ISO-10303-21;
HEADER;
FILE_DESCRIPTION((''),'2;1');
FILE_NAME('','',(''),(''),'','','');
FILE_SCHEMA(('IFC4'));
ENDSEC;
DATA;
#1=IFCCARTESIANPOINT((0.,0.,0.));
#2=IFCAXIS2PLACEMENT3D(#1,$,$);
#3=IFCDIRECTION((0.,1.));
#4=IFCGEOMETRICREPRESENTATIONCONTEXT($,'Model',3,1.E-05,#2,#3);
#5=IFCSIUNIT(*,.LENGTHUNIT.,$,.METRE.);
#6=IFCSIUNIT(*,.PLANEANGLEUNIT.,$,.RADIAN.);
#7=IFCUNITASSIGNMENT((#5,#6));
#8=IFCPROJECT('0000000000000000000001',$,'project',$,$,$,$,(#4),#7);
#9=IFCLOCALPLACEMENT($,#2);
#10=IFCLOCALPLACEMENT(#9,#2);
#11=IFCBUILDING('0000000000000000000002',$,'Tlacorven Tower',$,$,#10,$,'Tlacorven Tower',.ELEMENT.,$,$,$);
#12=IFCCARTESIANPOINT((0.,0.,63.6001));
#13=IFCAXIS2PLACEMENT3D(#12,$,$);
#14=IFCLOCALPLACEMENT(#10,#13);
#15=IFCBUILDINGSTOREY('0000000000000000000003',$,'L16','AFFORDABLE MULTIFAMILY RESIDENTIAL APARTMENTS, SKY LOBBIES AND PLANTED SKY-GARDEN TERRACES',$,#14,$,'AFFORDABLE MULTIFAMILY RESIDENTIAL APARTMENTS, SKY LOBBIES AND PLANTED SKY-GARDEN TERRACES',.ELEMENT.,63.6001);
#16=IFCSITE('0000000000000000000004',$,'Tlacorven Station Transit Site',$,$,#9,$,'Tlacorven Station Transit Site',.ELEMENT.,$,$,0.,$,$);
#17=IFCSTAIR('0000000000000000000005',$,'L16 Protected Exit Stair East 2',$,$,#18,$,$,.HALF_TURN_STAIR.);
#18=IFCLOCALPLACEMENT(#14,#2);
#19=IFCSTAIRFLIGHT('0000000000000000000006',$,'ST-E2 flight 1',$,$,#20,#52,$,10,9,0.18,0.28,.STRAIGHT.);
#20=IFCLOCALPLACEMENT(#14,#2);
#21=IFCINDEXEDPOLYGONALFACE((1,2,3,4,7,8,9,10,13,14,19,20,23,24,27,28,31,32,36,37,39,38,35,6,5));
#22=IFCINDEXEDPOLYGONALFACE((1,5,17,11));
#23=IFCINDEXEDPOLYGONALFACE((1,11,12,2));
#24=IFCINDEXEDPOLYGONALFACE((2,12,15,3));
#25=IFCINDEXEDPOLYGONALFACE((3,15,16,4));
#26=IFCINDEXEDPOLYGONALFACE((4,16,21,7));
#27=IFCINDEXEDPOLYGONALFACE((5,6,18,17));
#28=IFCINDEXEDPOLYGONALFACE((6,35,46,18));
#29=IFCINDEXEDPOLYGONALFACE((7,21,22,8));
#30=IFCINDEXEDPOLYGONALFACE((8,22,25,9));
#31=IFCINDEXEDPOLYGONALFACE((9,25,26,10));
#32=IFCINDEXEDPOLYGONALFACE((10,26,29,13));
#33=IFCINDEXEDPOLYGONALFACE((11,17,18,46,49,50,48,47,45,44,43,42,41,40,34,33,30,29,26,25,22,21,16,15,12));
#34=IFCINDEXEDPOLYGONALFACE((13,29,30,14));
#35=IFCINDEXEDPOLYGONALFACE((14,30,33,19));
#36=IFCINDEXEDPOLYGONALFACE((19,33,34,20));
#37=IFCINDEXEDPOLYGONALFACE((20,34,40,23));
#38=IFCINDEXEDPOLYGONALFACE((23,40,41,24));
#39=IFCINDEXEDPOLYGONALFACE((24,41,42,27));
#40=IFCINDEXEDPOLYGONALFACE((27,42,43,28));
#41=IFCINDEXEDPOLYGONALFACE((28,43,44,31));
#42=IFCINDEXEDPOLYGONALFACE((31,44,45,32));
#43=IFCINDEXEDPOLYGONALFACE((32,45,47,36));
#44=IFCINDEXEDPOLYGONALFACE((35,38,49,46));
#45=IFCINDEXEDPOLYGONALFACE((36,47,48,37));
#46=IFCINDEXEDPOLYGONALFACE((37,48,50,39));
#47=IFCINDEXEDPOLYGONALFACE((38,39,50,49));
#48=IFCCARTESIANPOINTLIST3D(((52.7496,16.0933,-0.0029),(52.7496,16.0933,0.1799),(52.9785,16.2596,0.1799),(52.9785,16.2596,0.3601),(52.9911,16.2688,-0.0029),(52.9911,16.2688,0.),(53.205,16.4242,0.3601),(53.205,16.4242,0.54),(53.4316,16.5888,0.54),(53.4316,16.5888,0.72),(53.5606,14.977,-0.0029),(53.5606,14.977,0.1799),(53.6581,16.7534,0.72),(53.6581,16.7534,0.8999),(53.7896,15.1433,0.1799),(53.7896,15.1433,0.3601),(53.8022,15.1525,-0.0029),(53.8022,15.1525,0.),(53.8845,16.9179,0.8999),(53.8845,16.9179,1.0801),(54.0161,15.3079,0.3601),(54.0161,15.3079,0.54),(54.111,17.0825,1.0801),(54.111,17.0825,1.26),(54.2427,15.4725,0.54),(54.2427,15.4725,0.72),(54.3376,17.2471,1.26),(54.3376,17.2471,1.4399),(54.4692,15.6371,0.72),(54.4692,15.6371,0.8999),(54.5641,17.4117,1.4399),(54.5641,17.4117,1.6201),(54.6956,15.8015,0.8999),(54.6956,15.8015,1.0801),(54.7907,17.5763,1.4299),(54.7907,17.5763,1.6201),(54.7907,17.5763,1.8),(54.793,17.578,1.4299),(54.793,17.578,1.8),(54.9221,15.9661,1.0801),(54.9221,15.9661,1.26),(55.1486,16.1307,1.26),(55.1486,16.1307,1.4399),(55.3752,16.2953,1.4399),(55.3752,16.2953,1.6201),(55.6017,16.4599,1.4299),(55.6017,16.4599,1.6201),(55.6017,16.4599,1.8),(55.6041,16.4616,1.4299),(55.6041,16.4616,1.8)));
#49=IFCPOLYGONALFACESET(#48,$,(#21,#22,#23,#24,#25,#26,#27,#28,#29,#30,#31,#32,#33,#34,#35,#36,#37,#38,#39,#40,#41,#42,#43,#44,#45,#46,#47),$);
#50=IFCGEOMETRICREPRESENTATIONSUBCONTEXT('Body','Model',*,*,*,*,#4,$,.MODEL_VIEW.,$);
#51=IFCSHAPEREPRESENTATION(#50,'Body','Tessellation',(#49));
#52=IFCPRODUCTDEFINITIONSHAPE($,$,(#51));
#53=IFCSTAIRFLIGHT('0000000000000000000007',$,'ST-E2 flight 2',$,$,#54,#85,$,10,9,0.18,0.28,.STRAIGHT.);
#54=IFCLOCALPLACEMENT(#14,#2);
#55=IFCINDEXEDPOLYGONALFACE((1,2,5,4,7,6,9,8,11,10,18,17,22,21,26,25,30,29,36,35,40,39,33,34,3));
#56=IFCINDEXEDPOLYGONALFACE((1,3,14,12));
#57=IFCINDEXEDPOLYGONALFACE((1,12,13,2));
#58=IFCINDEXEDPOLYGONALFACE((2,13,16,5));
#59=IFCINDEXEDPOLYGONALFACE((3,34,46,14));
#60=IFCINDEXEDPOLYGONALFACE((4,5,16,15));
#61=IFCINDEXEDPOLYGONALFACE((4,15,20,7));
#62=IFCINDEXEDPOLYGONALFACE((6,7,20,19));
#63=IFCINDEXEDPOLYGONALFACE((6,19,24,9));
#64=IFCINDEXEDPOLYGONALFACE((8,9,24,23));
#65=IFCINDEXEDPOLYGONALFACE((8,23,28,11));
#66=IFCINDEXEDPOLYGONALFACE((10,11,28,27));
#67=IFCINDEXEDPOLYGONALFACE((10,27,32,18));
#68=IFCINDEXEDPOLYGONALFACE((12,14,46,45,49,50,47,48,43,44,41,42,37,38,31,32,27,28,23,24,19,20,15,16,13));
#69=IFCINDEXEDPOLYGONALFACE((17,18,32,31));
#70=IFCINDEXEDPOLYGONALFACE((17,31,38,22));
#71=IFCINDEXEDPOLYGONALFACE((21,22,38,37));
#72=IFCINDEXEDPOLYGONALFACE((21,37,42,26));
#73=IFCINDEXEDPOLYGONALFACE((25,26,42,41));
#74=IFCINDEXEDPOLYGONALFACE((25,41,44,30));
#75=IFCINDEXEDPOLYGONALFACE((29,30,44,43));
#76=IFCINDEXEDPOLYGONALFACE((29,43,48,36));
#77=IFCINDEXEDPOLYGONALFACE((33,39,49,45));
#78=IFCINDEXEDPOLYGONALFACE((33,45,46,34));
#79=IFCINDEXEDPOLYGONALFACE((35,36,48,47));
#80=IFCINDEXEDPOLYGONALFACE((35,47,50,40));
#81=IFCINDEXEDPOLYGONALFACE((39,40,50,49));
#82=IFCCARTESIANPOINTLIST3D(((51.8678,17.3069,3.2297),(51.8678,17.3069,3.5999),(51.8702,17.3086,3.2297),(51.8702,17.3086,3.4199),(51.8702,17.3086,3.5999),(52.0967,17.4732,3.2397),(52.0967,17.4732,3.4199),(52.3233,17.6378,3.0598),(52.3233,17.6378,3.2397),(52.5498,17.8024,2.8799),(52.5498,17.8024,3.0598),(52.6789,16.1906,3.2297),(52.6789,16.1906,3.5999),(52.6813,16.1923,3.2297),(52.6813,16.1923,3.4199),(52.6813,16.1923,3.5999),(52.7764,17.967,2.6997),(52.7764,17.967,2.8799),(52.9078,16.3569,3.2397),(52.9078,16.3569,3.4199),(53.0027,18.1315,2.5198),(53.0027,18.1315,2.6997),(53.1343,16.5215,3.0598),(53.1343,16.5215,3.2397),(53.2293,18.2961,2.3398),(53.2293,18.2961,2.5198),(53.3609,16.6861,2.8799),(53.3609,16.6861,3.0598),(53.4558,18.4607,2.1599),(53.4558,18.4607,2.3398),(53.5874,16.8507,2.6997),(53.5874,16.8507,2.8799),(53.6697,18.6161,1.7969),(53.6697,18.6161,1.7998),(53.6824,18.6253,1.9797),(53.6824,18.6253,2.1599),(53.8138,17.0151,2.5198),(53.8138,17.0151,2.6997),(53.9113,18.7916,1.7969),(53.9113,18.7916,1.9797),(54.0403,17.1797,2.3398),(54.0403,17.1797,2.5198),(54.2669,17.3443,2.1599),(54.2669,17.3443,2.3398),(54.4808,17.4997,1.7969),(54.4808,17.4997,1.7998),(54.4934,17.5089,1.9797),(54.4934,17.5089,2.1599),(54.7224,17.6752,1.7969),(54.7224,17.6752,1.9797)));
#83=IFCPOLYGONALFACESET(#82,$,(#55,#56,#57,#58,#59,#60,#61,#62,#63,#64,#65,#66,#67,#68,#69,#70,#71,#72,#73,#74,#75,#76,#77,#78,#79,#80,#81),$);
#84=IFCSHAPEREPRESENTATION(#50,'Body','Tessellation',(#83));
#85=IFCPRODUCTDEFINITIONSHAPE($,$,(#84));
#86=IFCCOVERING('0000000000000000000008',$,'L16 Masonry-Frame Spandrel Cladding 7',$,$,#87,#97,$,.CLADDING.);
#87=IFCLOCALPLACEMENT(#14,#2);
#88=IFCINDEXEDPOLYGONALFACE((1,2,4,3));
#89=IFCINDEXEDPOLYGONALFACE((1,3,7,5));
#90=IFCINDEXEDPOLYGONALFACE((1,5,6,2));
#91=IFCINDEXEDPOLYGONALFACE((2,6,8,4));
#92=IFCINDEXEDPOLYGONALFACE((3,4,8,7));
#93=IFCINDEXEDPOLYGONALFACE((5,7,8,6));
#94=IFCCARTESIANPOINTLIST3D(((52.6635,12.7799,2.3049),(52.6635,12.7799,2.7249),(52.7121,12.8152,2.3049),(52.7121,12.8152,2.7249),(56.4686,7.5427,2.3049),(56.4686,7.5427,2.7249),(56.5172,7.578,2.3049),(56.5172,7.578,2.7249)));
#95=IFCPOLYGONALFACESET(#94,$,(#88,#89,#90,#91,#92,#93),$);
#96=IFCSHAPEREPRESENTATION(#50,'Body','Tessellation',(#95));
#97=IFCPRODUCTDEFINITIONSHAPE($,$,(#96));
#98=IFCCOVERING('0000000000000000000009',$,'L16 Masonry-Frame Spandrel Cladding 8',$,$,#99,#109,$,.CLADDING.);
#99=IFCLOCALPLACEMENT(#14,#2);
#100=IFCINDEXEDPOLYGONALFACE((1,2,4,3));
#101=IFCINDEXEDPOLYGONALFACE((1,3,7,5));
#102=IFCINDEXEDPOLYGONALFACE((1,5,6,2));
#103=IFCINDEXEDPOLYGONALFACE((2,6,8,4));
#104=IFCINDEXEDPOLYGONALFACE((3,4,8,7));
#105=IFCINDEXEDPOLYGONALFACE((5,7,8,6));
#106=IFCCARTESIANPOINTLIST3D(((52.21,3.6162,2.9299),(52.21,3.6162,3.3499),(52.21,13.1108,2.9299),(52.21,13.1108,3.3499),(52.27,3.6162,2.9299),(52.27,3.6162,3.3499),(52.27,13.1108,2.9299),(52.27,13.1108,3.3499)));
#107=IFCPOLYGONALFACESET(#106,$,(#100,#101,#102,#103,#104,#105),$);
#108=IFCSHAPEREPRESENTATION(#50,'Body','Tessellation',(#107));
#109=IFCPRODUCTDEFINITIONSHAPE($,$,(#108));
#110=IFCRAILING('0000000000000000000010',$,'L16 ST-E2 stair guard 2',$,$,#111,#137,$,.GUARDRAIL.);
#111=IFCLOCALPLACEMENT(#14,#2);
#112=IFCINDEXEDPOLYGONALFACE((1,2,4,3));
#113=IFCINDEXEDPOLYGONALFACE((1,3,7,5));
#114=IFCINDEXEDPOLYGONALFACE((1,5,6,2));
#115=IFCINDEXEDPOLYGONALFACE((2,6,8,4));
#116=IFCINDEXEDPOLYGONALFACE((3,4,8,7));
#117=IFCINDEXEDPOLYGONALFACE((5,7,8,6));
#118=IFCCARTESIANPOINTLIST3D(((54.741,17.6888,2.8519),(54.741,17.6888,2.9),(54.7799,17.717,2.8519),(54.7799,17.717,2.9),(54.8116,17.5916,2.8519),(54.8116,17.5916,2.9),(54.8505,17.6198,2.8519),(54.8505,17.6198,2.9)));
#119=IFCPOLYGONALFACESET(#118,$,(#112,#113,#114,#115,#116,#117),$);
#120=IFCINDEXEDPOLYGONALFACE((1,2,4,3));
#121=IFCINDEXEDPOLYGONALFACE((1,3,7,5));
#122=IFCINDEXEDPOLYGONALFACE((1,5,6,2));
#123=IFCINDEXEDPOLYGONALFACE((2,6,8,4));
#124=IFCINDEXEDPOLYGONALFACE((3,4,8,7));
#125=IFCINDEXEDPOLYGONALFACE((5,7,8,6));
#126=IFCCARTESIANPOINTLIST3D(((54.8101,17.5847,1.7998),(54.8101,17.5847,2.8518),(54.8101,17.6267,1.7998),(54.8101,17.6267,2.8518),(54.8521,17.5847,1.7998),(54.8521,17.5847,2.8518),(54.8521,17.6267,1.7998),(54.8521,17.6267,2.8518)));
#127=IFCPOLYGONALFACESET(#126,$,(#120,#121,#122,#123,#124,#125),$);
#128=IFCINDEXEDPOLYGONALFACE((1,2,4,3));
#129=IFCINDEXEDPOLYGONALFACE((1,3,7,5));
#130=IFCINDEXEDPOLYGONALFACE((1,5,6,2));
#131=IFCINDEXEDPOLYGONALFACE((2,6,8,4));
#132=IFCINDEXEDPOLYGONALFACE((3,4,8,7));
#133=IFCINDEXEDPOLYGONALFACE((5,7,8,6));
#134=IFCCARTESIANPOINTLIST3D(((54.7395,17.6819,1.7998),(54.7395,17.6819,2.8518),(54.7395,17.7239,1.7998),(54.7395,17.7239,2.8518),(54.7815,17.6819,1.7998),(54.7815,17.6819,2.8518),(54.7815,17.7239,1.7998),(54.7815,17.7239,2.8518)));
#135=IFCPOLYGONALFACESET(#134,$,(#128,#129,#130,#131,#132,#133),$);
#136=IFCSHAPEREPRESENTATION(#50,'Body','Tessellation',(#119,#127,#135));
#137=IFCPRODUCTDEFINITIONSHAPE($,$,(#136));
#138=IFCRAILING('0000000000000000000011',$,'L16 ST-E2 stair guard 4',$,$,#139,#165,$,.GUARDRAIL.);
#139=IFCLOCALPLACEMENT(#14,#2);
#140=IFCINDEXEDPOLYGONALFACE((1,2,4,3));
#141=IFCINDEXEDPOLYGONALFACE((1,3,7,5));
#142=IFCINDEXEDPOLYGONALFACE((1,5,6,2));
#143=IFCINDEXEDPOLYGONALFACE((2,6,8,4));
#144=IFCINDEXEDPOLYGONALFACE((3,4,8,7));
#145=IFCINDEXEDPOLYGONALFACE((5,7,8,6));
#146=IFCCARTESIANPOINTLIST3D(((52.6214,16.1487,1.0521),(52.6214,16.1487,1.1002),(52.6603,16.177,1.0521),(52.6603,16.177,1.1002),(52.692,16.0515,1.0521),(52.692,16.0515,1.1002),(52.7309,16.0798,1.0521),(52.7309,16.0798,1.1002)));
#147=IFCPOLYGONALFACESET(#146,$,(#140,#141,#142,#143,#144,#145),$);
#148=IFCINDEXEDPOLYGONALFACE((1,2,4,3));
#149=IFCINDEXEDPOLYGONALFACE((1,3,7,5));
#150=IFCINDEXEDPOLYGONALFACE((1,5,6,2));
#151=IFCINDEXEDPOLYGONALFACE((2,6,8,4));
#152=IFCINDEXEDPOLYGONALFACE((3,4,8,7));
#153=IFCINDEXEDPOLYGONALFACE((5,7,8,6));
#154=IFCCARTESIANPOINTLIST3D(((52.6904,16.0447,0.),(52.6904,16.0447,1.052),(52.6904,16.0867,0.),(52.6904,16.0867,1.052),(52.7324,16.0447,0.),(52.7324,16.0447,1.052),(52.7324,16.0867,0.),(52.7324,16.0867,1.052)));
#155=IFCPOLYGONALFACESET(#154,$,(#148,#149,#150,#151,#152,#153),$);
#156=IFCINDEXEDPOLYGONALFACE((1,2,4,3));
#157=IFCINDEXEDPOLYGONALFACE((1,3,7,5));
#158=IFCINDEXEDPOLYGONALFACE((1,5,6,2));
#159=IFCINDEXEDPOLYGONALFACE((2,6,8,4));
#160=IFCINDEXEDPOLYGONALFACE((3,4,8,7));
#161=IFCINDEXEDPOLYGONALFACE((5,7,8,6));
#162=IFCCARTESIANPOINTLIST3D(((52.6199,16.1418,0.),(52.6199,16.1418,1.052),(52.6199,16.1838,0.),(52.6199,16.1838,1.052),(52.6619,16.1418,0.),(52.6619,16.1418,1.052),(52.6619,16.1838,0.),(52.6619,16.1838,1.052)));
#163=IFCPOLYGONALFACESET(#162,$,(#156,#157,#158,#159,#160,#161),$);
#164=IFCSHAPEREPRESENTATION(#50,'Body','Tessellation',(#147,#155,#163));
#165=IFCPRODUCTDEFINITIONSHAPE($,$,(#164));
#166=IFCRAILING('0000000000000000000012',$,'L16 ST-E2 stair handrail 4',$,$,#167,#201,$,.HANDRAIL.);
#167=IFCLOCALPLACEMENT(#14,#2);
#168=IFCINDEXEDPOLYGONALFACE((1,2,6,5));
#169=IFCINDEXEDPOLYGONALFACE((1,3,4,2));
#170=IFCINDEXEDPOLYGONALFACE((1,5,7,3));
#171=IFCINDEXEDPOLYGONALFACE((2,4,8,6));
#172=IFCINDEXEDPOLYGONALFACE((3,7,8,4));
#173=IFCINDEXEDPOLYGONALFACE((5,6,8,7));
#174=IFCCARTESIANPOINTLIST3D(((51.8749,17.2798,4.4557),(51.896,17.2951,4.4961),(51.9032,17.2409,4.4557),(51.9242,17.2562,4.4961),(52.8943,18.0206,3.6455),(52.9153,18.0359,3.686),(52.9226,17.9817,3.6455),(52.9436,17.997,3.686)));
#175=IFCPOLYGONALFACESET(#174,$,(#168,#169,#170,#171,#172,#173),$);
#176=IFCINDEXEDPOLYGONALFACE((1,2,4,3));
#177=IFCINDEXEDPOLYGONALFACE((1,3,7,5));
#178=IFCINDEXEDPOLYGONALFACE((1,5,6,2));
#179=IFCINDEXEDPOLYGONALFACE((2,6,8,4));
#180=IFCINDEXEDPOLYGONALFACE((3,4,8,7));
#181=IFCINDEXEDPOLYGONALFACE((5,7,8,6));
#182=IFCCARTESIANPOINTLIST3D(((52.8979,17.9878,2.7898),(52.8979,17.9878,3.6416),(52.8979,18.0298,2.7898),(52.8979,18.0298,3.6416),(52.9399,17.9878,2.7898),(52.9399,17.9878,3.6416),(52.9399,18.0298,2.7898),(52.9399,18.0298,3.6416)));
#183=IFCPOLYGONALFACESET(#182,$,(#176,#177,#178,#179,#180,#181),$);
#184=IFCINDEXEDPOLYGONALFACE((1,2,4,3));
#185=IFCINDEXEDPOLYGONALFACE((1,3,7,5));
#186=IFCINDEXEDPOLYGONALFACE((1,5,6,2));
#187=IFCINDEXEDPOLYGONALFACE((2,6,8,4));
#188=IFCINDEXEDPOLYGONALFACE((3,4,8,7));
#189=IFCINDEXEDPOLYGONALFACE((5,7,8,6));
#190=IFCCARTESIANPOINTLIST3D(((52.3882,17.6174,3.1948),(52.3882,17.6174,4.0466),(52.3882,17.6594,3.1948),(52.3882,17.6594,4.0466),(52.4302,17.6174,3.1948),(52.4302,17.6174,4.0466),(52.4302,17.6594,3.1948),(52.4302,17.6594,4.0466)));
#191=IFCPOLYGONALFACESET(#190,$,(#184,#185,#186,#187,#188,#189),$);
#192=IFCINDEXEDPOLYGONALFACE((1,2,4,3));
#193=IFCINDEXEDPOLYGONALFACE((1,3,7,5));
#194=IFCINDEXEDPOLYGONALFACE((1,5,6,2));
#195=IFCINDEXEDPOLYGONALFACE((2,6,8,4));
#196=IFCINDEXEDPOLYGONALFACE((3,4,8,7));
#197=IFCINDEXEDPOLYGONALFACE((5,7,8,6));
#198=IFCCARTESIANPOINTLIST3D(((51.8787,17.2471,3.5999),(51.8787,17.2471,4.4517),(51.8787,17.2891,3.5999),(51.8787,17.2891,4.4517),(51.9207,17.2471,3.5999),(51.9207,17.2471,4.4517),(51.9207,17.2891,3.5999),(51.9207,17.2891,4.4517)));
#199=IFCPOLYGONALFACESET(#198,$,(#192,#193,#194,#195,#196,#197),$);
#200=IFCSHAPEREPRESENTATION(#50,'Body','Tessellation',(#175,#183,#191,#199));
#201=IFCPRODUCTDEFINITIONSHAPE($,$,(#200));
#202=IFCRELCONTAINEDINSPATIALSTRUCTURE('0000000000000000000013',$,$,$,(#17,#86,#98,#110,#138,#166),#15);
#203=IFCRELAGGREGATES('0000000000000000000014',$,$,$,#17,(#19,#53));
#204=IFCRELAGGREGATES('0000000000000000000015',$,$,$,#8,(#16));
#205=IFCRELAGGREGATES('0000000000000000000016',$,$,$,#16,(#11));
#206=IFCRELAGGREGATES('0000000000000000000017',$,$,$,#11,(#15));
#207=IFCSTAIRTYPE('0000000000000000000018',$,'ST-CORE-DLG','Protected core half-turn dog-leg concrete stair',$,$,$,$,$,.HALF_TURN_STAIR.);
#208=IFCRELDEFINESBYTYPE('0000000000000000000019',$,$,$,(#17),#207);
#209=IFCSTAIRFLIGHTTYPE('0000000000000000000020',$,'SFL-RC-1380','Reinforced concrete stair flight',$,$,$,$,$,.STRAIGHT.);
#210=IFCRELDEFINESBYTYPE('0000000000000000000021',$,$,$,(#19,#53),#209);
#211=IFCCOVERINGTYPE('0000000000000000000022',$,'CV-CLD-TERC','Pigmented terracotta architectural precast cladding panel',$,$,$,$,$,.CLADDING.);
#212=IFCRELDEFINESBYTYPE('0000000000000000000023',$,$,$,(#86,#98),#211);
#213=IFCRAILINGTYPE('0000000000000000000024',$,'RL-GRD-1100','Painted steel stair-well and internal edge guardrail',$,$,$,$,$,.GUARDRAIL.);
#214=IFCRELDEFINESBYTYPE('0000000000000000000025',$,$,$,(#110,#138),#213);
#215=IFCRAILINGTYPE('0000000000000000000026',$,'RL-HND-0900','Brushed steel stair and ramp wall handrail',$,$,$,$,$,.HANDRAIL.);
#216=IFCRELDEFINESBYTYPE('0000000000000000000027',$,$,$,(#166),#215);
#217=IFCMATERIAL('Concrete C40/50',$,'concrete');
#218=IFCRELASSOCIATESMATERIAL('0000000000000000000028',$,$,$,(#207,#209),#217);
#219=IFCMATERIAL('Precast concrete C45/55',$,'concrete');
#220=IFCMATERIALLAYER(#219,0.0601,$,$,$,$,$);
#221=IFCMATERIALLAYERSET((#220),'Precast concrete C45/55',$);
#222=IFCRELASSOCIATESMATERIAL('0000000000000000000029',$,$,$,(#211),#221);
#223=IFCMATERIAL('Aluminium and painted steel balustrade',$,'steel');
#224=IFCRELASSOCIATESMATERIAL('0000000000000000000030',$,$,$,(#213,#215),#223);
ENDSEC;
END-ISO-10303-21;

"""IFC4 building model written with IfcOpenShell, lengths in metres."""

from ifc_helpers import new_model, si_unit, direction, frame, origin, origin_2d, place, context, subcontext, project, spatial, polyline, rectangle, outline, extrude, source, transform, mapped, material, layer, layer_set, type_object, element, aggregate, save


model = new_model("IFC4")

# Units and contexts
model_context = context("Model", 3, precision=1e-05, world=origin(), true_north=direction((0.0, 1.0)))
body_context = subcontext(model_context, "Body", "Model", "MODEL_VIEW")
ifc_project = project(units=[si_unit("LENGTHUNIT", "METRE"), si_unit("PLANEANGLEUNIT", "RADIAN")], contexts=[model_context])

# Site, building, storey
site_placement = place(None, origin())
site = spatial("IfcSite", under=ifc_project, at=site_placement, Name="Tlacorven Station Transit Site", LongName="Tlacorven Station Transit Site", CompositionType="ELEMENT", RefElevation=0.0)
building_placement = place(site_placement, origin())
building = spatial("IfcBuilding", under=site, at=building_placement, Name="Tlacorven Tower", LongName="Tlacorven Tower", CompositionType="ELEMENT")
storey_placement = place(building_placement, frame((0.0, 0.0, 63.6001)))
storey = spatial("IfcBuildingStorey", under=building, at=storey_placement, Name="L16", Description="AFFORDABLE MULTIFAMILY RESIDENTIAL APARTMENTS, SKY LOBBIES AND PLANTED SKY-GARDEN TERRACES", LongName="AFFORDABLE MULTIFAMILY RESIDENTIAL APARTMENTS, SKY LOBBIES AND PLANTED SKY-GARDEN TERRACES", CompositionType="ELEMENT", Elevation=63.6001)

# Shared definitions
ifc_material_1 = material(Name="Precast concrete C45/55", Category="concrete")

# Stair, stair flights
ifc_material_2 = material(Name="Concrete C40/50", Category="concrete")
stair_type = type_object("IfcStairType", Name="ST-CORE-DLG", Description="Protected core half-turn dog-leg concrete stair", PredefinedType="HALF_TURN_STAIR", material=ifc_material_2)
stair_placement = place(storey_placement, origin())
stair = element("IfcStair", 1, at=stair_placement, inside=storey, type_object=stair_type, Name="L16 Protected Exit Stair East 2", PredefinedType="HALF_TURN_STAIR")
stair_flight_type = type_object("IfcStairFlightType", Name="SFL-RC-1380", Description="Reinforced concrete stair flight", PredefinedType="STRAIGHT", material=ifc_material_2)
shared_shape_1 = source(origin(), body_context, "Body", "SweptSolid", [
    extrude(outline(polyline([(-0.0029, -0.0029), (-0.0029, 0.1799), (0.28, 0.1799), (0.28, 0.3601), (0.5601, 0.3601), (0.5601, 0.54), (0.8401, 0.54), (0.8401, 0.72), (1.1201, 0.72), (1.1201, 0.8999), (1.3999, 0.8999), (1.3999, 1.0801), (1.6799, 1.0801), (1.6799, 1.26), (1.96, 1.26), (1.96, 1.4399), (2.24, 1.4399), (2.24, 1.6201), (2.52, 1.6201), (2.52, 1.8), (2.5229, 1.8), (2.5229, 1.4299), (2.52, 1.4299), (0.2957, 0.0), (0.2957, -0.0029), (-0.0029, -0.0029)])), frame((0.0, 0.6899, 0.0), z_axis=(0.0, -1.0, 0.0), x_axis=(1.0, 0.0, 0.0)), (0.0, 0.0, 1.0), 1.3799),
])
stair_flight_1_placement = place(storey_placement, frame((53.1575, 15.5369, 0.0), z_axis=(0.0, 0.0, 1.0), x_axis=(0.809017, 0.587785, 0.0)))
stair_flight_1 = element("IfcStairFlight", 2, at=stair_flight_1_placement, type_object=stair_flight_type, Name="ST-E2 flight 1", NumberOfRisers=10, NumberOfTreads=9, PredefinedType="STRAIGHT", RiserHeight=0.18, TreadLength=0.28, context=body_context, shape_type="MappedRepresentation", body=[
    mapped(shared_shape_1, transform((0.0, 0.0, 0.0), scale=1.0)),
])
stair_flight_2_placement = place(storey_placement, frame((54.3145, 18.2317, 1.7998), z_axis=(0.0, 0.0, 1.0), x_axis=(-0.809017, -0.587785, 0.0)))
stair_flight_2 = element("IfcStairFlight", 3, at=stair_flight_2_placement, type_object=stair_flight_type, Name="ST-E2 flight 2", NumberOfRisers=10, NumberOfTreads=9, PredefinedType="STRAIGHT", RiserHeight=0.18, TreadLength=0.28, context=body_context, shape_type="MappedRepresentation", body=[
    mapped(shared_shape_1, transform((0.0, 0.0, 0.0), scale=1.0)),
])
aggregate(stair, [stair_flight_1, stair_flight_2])

# Coverings
ifc_layer_1 = layer(ifc_material_1, 0.0601)
ifc_layer_set_1 = layer_set([ifc_layer_1], Name="Precast concrete C45/55")
covering_type = type_object("IfcCoveringType", Name="CV-CLD-TERC", Description="Pigmented terracotta architectural precast cladding panel", PredefinedType="CLADDING", material=ifc_layer_set_1)
shared_shape_2 = source(origin(), body_context, "Body", "SweptSolid", [
    extrude(rectangle(XDim=6.4736, YDim=0.0601, at=origin_2d()), origin(), (0.0, 0.0, 1.0), 0.4199),
])
covering_1_placement = place(storey_placement, frame((54.5903, 10.179, 2.3049), z_axis=(0.0, 0.0, 1.0), x_axis=(-0.587786, 0.809017, 0.0)))
element("IfcCovering", 4, at=covering_1_placement, inside=storey, type_object=covering_type, Name="L16 Masonry-Frame Spandrel Cladding 7", PredefinedType="CLADDING", context=body_context, shape_type="MappedRepresentation", body=[
    mapped(shared_shape_2, transform((0.0, 0.0, 0.0), scale=1.0)),
])
shared_shape_3 = source(origin(), body_context, "Body", "SweptSolid", [
    extrude(rectangle(XDim=9.4946, YDim=0.0601, at=origin_2d()), origin(), (0.0, 0.0, 1.0), 0.4199),
])
covering_2_placement = place(storey_placement, frame((52.24, 8.3635, 2.9299), z_axis=(0.0, 0.0, 1.0), x_axis=(0.0, -1.0, 0.0)))
element("IfcCovering", 5, at=covering_2_placement, inside=storey, type_object=covering_type, Name="L16 Masonry-Frame Spandrel Cladding 8", PredefinedType="CLADDING", context=body_context, shape_type="MappedRepresentation", body=[
    mapped(shared_shape_3, transform((0.0, 0.0, 0.0), scale=1.0)),
])

# Railings
ifc_material_3 = material(Name="Aluminium and painted steel balustrade", Category="steel")
railing_type_1 = type_object("IfcRailingType", Name="RL-GRD-1100", Description="Painted steel stair-well and internal edge guardrail", PredefinedType="GUARDRAIL", material=ifc_material_3)
shared_shape_4 = source(origin(), body_context, "Body", "SweptSolid", [
    extrude(rectangle(XDim=0.0481, YDim=0.0481, at=origin_2d()), frame((0.0, 0.0, 1.0762), z_axis=(-0.587567, 0.809175, 0.0), x_axis=(-0.809175, -0.587567, 0.0)), (0.0, 0.0, 1.0), 0.1201),
    extrude(rectangle(XDim=0.042, YDim=0.042, at=origin_2d()), origin(), (0.0, 0.0, 1.0), 1.052),
    extrude(rectangle(XDim=0.042, YDim=0.042, at=origin_2d()), frame((-0.0706, 0.0972, 0.0)), (0.0, 0.0, 1.0), 1.052),
])
for number, where, name in (
    (6, (54.8311, 17.6057, 1.7998), "L16 ST-E2 stair guard 2"),
    (7, (52.7114, 16.0657, 0.0), "L16 ST-E2 stair guard 4"),
):
    element("IfcRailing", number, at=place(storey_placement, frame(where)), inside=storey, type_object=railing_type_1, Name=name, PredefinedType="GUARDRAIL", context=body_context, shape_type="MappedRepresentation", body=[
        mapped(shared_shape_4, transform((0.0, 0.0, 0.0), scale=1.0)),
    ])
railing_type_2 = type_object("IfcRailingType", Name="RL-HND-0900", Description="Brushed steel stair and ramp wall handrail", PredefinedType="HANDRAIL", material=ifc_material_3)
shared_shape_5 = source(origin(), body_context, "Body", "SweptSolid", [
    extrude(rectangle(XDim=0.0481, YDim=0.0481, at=origin_2d()), frame((0.0, 0.0, 0.876), z_axis=(-0.680461, -0.494496, 0.540783), x_axis=(0.587872, -0.808954, 0.0)), (0.0, 0.0, 1.0), 1.498),
    extrude(rectangle(XDim=0.042, YDim=0.042, at=origin_2d()), origin(), (0.0, 0.0, 1.0), 0.8518),
    extrude(rectangle(XDim=0.042, YDim=0.042, at=origin_2d()), frame((-0.5098, -0.3704, 0.405)), (0.0, 0.0, 1.0), 0.8518),
    extrude(rectangle(XDim=0.042, YDim=0.042, at=origin_2d()), frame((-1.0193, -0.7407, 0.8101)), (0.0, 0.0, 1.0), 0.8518),
])
railing_1_placement = place(storey_placement, frame((52.9189, 18.0088, 2.7898)))
element("IfcRailing", 8, at=railing_1_placement, inside=storey, type_object=railing_type_2, Name="L16 ST-E2 stair handrail 4", PredefinedType="HANDRAIL", context=body_context, shape_type="MappedRepresentation", body=[
    mapped(shared_shape_5, transform((0.0, 0.0, 0.0), scale=1.0)),
])

save(model, "model.ifc")
